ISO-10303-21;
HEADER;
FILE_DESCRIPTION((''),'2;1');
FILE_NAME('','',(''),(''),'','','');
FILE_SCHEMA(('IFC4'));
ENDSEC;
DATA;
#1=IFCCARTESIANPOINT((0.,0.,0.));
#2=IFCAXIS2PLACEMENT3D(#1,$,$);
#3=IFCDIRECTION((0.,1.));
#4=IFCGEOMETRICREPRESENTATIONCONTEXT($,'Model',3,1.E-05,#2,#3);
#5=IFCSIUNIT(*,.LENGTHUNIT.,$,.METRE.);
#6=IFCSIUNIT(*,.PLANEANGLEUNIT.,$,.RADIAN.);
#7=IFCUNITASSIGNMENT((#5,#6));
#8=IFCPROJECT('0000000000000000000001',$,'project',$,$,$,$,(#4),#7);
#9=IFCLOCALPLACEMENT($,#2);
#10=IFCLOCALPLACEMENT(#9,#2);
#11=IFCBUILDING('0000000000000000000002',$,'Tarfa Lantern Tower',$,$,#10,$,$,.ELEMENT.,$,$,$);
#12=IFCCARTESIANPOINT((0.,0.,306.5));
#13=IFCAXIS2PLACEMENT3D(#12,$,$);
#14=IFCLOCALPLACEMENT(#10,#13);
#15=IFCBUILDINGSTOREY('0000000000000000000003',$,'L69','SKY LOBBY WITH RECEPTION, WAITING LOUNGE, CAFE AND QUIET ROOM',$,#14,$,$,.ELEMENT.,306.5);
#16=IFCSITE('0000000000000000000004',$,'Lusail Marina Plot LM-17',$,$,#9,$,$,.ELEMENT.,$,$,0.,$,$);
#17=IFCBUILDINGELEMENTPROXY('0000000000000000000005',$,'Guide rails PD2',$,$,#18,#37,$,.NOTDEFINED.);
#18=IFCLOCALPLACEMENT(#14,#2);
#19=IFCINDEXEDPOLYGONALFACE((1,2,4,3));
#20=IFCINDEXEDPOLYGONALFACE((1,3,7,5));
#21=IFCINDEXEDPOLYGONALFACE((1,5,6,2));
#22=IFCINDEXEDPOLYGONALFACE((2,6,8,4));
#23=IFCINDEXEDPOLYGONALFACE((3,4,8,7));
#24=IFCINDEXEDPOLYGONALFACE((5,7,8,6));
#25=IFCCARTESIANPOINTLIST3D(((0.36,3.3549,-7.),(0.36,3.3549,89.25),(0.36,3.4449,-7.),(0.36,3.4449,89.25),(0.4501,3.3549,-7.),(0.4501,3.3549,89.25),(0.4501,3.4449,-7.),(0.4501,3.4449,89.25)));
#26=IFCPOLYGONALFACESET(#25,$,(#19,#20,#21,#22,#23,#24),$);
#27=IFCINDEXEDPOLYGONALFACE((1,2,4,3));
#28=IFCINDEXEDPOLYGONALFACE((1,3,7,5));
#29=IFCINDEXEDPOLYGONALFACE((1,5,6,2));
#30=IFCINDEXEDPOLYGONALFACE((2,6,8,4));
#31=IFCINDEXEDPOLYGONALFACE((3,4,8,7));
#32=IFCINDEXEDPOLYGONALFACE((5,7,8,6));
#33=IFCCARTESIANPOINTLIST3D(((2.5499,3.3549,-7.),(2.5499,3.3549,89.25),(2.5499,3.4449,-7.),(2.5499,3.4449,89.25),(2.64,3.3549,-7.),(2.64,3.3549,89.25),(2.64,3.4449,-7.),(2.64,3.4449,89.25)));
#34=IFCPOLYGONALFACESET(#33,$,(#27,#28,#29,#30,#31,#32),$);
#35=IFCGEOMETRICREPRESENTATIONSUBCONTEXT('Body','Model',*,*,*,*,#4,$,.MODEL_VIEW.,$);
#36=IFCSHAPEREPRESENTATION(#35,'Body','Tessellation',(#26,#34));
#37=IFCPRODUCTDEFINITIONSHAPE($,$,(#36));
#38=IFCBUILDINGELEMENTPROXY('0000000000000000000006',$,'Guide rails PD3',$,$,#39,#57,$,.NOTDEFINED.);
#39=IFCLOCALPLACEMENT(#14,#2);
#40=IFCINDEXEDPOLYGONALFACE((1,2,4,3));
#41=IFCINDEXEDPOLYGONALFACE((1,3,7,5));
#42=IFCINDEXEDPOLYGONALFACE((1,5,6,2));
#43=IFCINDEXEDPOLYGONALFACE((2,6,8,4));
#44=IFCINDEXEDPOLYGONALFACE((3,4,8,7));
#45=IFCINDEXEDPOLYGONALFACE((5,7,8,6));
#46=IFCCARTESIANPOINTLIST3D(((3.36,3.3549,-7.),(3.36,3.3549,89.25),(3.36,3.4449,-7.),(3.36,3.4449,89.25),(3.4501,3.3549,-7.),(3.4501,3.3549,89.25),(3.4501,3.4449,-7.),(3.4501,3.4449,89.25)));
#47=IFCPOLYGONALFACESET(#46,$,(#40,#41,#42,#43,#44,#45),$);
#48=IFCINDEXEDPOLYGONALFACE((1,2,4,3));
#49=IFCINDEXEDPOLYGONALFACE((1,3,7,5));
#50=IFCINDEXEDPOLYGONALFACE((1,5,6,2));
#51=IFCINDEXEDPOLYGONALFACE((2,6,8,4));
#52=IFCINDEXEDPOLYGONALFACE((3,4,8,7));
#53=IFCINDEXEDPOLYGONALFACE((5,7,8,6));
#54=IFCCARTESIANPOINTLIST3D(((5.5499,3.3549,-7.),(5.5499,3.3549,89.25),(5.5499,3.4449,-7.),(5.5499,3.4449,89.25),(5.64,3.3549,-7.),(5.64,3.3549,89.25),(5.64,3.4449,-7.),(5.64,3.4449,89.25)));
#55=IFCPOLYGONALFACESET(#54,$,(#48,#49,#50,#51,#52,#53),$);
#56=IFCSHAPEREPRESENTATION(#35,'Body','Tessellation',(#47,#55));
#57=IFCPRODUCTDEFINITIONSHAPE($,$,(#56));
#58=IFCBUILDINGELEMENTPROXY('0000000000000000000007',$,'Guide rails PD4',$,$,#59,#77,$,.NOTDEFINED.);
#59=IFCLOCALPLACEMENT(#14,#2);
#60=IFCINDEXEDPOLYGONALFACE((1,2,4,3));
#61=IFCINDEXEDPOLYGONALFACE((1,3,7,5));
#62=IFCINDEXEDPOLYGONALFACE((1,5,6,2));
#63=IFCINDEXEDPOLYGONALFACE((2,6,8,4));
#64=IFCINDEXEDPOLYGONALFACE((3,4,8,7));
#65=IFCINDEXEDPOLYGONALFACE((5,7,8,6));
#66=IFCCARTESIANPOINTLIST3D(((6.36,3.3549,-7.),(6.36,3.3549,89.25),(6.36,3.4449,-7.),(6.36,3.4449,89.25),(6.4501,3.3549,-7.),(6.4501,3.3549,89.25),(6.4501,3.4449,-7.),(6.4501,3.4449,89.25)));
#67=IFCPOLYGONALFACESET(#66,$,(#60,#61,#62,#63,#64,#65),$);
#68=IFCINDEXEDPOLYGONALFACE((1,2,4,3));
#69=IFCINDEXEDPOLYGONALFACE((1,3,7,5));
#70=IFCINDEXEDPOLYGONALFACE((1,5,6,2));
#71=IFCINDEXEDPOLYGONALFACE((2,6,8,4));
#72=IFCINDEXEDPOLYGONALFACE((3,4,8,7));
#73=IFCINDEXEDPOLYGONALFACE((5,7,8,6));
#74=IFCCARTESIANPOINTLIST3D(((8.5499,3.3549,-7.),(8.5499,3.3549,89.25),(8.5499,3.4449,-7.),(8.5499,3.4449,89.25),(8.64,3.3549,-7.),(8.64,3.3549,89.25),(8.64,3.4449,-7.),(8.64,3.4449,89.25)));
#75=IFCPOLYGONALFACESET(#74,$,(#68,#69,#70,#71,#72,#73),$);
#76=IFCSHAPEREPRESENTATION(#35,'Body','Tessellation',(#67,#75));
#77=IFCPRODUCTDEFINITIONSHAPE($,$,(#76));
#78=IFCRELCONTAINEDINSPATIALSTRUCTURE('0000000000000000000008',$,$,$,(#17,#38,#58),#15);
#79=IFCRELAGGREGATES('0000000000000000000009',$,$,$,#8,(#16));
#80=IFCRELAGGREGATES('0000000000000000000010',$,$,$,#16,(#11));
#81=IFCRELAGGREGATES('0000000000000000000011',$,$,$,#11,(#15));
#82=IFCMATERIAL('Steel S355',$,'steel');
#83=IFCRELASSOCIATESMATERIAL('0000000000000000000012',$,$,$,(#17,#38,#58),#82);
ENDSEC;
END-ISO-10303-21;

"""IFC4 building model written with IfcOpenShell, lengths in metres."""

from ifc_helpers import new_model, si_unit, direction, frame, frame_2d, origin, origin_2d, place, context, subcontext, project, spatial, rectangle, extrude, material, element, save


model = new_model("IFC4")

# Units and contexts
model_context = context("Model", 3, precision=1e-05, world=origin(), true_north=direction((0.0, 1.0)))
body_context = subcontext(model_context, "Body", "Model", "MODEL_VIEW")
ifc_project = project(units=[si_unit("LENGTHUNIT", "METRE"), si_unit("PLANEANGLEUNIT", "RADIAN")], contexts=[model_context])

# Site, building, storey
site_placement = place(None, origin())
site = spatial("IfcSite", under=ifc_project, at=site_placement, Name="Lusail Marina Plot LM-17", CompositionType="ELEMENT", RefElevation=0.0)
building_placement = place(site_placement, origin())
building = spatial("IfcBuilding", under=site, at=building_placement, Name="Tarfa Lantern Tower", CompositionType="ELEMENT")
storey_placement = place(building_placement, frame((0.0, 0.0, 306.5)))
storey = spatial("IfcBuildingStorey", under=building, at=storey_placement, Name="L69", Description="SKY LOBBY WITH RECEPTION, WAITING LOUNGE, CAFE AND QUIET ROOM", CompositionType="ELEMENT", Elevation=306.5)

# Building element proxies
ifc_material_1 = material(Name="Steel S355", Category="steel")
for number, where, z_axis, x_axis, name in (
    (1, (0.405, 3.3999, -7.0), (0.0, 0.0, 1.0), (1.0, 0.0, 0.0), "Guide rails PD2"),
    (2, (3.405, 3.3999, -7.0), (0.0, 0.0, 1.0), (1.0, 0.0, 0.0), "Guide rails PD3"),
    (3, (6.405, 3.3999, -7.0), (0.0, 0.0, 1.0), (1.0, 0.0, 0.0), "Guide rails PD4"),
):
    element("IfcBuildingElementProxy", number, at=place(storey_placement, frame(where, z_axis=z_axis, x_axis=x_axis)), inside=storey, material=ifc_material_1, Name=name, PredefinedType="NOTDEFINED", context=body_context, shape_type="SweptSolid", body=[
        extrude(rectangle(XDim=0.0901, YDim=0.0901, at=origin_2d()), origin(), (0.0, 0.0, 1.0), 96.25),
        extrude(rectangle(XDim=0.0901, YDim=0.0901, at=frame_2d((2.1899, 0.0))), origin(), (0.0, 0.0, 1.0), 96.25),
    ])

save(model, "model.ifc")
